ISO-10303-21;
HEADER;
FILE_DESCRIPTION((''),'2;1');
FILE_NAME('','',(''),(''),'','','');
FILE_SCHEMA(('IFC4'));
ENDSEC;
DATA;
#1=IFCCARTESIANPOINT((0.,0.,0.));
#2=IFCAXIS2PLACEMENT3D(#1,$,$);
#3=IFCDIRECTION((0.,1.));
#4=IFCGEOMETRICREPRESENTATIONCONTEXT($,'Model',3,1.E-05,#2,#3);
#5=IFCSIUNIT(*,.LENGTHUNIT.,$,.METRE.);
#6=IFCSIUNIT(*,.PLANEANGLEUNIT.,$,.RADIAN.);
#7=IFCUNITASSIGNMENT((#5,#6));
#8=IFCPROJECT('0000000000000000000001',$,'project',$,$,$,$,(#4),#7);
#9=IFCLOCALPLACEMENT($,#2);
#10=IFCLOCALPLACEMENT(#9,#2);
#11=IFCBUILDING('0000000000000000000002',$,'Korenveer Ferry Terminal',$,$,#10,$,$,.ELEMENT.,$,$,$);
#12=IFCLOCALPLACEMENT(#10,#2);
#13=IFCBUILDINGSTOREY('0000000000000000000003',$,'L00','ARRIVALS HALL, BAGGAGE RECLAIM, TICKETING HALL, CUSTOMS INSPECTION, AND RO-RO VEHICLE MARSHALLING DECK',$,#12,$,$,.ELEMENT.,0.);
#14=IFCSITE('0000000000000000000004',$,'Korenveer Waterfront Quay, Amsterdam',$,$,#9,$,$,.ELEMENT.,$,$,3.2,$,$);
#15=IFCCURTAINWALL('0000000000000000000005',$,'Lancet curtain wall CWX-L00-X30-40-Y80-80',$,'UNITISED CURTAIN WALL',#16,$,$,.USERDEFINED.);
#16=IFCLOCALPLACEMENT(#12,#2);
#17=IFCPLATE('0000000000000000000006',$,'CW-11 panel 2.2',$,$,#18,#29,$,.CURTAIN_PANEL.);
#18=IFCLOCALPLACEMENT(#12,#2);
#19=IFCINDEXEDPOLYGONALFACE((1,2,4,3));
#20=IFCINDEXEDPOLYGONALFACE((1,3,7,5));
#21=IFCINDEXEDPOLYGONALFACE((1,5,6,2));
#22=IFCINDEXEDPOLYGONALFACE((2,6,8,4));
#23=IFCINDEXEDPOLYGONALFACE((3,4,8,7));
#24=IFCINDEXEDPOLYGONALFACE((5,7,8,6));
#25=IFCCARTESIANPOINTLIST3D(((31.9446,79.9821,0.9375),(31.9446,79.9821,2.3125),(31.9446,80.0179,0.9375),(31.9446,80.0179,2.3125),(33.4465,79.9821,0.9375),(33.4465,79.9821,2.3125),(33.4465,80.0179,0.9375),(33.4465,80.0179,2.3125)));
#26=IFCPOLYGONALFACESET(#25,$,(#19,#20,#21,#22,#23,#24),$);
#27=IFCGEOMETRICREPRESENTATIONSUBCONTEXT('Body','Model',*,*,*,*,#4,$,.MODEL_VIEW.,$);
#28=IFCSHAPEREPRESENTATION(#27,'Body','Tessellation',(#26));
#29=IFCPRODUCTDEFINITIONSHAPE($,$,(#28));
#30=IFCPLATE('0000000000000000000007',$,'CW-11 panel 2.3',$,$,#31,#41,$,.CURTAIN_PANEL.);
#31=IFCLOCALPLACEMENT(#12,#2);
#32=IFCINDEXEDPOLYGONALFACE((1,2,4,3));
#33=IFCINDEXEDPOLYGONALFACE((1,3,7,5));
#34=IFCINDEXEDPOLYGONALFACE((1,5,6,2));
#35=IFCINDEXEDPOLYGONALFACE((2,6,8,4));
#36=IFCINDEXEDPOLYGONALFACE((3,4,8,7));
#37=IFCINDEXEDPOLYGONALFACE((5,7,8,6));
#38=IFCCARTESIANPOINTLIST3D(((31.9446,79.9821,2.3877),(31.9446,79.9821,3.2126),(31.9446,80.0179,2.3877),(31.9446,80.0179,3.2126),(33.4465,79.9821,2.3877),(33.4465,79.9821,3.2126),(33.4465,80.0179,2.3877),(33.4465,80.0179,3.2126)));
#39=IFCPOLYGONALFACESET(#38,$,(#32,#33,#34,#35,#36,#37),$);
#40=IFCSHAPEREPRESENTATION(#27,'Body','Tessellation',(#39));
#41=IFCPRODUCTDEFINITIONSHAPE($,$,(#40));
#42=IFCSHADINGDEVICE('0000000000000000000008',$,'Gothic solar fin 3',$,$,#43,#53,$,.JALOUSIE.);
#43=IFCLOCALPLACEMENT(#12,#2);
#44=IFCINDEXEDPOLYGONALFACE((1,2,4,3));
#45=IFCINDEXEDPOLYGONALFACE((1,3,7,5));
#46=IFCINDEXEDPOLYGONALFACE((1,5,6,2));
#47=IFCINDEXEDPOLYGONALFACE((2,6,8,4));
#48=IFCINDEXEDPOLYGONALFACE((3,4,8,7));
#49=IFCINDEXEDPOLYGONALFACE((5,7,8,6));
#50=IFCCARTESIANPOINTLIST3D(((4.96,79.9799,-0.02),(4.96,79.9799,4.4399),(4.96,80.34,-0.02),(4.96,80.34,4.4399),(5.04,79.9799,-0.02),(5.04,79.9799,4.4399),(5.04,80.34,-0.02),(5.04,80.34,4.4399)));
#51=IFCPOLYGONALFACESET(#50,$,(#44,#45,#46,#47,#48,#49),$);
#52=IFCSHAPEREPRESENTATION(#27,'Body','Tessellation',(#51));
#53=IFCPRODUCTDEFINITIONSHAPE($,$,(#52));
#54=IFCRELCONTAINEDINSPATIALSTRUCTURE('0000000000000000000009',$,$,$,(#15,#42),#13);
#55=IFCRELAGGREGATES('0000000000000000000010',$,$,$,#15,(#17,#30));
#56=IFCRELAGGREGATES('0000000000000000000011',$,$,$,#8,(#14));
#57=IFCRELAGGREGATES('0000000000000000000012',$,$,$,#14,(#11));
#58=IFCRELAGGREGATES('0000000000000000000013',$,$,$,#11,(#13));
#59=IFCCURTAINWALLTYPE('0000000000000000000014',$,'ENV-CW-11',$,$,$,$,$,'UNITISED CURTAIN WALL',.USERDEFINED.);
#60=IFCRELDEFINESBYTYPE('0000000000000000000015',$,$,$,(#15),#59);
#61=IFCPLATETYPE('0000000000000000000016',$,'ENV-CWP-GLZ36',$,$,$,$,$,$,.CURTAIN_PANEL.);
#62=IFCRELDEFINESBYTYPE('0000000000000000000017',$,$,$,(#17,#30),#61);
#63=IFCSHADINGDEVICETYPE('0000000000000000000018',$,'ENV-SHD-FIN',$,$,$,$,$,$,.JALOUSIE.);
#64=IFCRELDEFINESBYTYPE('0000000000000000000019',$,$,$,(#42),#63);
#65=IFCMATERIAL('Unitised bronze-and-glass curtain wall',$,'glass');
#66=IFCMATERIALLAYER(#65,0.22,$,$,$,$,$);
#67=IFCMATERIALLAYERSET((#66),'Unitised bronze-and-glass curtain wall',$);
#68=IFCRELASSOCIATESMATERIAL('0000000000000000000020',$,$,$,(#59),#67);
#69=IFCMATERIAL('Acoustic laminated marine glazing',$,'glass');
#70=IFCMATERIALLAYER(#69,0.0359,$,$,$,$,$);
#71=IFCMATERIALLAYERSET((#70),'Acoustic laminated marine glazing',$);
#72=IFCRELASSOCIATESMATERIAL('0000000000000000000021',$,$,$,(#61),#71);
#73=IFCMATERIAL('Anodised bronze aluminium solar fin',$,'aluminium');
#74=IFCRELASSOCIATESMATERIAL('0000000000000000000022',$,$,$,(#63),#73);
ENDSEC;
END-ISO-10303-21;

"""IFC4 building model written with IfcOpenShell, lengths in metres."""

from ifc_helpers import new_model, si_unit, direction, frame, origin, origin_2d, place, context, subcontext, project, spatial, rectangle, extrude, material, layer, layer_set, type_object, element, aggregate, save


model = new_model("IFC4")

# Units and contexts
model_context = context("Model", 3, precision=1e-05, world=origin(), true_north=direction((0.0, 1.0)))
body_context = subcontext(model_context, "Body", "Model", "MODEL_VIEW")
ifc_project = project(units=[si_unit("LENGTHUNIT", "METRE"), si_unit("PLANEANGLEUNIT", "RADIAN")], contexts=[model_context])

# Site, building, storey
site_placement = place(None, origin())
site = spatial("IfcSite", under=ifc_project, at=site_placement, Name="Korenveer Waterfront Quay, Amsterdam", CompositionType="ELEMENT", RefElevation=3.2)
building_placement = place(site_placement, origin())
building = spatial("IfcBuilding", under=site, at=building_placement, Name="Korenveer Ferry Terminal", CompositionType="ELEMENT")
storey_placement = place(building_placement, origin())
storey = spatial("IfcBuildingStorey", under=building, at=storey_placement, Name="L00", Description="ARRIVALS HALL, BAGGAGE RECLAIM, TICKETING HALL, CUSTOMS INSPECTION, AND RO-RO VEHICLE MARSHALLING DECK", CompositionType="ELEMENT", Elevation=0.0)

# Shared definitions
ifc_material_1 = material(Name="Unitised bronze-and-glass curtain wall", Category="glass")

# Curtain wall
ifc_layer_1 = layer(ifc_material_1, 0.22)
ifc_layer_set_1 = layer_set([ifc_layer_1], Name="Unitised bronze-and-glass curtain wall")
curtain_wall_type_1 = type_object("IfcCurtainWallType", Name="ENV-CW-11", ElementType="UNITISED CURTAIN WALL", PredefinedType="USERDEFINED", material=ifc_layer_set_1)
curtain_wall_1_placement = place(storey_placement, frame((30.3301, 80.0, 0.0)))
curtain_wall_1 = element("IfcCurtainWall", 1, at=curtain_wall_1_placement, inside=storey, type_object=curtain_wall_type_1, Name="Lancet curtain wall CWX-L00-X30-40-Y80-80", ObjectType="UNITISED CURTAIN WALL", PredefinedType="USERDEFINED")

# Plates
ifc_material_2 = material(Name="Acoustic laminated marine glazing", Category="glass")
ifc_layer_2 = layer(ifc_material_2, 0.0359)
ifc_layer_set_2 = layer_set([ifc_layer_2], Name="Acoustic laminated marine glazing")
plate_type = type_object("IfcPlateType", Name="ENV-CWP-GLZ36", PredefinedType="CURTAIN_PANEL", material=ifc_layer_set_2)
plate_1_placement = place(storey_placement, frame((32.6956, 80.0, 0.9375), z_axis=(0.0, 0.0, 1.0), x_axis=(1.0, 0.0, 0.0)))
plate_1 = element("IfcPlate", 2, at=plate_1_placement, type_object=plate_type, Name="CW-11 panel 2.2", PredefinedType="CURTAIN_PANEL", context=body_context, shape_type="SweptSolid", body=[
    extrude(rectangle(XDim=1.502, YDim=0.0359, at=origin_2d()), origin(), (0.0, 0.0, 1.0), 1.375),
])
plate_2_placement = place(storey_placement, frame((32.6956, 80.0, 2.3877), z_axis=(0.0, 0.0, 1.0), x_axis=(1.0, 0.0, 0.0)))
plate_2 = element("IfcPlate", 3, at=plate_2_placement, type_object=plate_type, Name="CW-11 panel 2.3", PredefinedType="CURTAIN_PANEL", context=body_context, shape_type="SweptSolid", body=[
    extrude(rectangle(XDim=1.502, YDim=0.0359, at=origin_2d()), origin(), (0.0, 0.0, 1.0), 0.825),
])
aggregate(curtain_wall_1, [plate_1, plate_2])

# Shading device
ifc_material_3 = material(Name="Anodised bronze aluminium solar fin", Category="aluminium")
shading_device_type = type_object("IfcShadingDeviceType", Name="ENV-SHD-FIN", PredefinedType="JALOUSIE", material=ifc_material_3)
shading_device_placement = place(storey_placement, frame((5.0, 80.1599, -0.02), z_axis=(0.0, 0.0, 1.0), x_axis=(0.0, 1.0, 0.0)))
element("IfcShadingDevice", 4, at=shading_device_placement, inside=storey, type_object=shading_device_type, Name="Gothic solar fin 3", PredefinedType="JALOUSIE", context=body_context, shape_type="SweptSolid", body=[
    extrude(rectangle(XDim=0.3601, YDim=0.0801, at=origin_2d()), origin(), (0.0, 0.0, 1.0), 4.46),
])

save(model, "model.ifc")
